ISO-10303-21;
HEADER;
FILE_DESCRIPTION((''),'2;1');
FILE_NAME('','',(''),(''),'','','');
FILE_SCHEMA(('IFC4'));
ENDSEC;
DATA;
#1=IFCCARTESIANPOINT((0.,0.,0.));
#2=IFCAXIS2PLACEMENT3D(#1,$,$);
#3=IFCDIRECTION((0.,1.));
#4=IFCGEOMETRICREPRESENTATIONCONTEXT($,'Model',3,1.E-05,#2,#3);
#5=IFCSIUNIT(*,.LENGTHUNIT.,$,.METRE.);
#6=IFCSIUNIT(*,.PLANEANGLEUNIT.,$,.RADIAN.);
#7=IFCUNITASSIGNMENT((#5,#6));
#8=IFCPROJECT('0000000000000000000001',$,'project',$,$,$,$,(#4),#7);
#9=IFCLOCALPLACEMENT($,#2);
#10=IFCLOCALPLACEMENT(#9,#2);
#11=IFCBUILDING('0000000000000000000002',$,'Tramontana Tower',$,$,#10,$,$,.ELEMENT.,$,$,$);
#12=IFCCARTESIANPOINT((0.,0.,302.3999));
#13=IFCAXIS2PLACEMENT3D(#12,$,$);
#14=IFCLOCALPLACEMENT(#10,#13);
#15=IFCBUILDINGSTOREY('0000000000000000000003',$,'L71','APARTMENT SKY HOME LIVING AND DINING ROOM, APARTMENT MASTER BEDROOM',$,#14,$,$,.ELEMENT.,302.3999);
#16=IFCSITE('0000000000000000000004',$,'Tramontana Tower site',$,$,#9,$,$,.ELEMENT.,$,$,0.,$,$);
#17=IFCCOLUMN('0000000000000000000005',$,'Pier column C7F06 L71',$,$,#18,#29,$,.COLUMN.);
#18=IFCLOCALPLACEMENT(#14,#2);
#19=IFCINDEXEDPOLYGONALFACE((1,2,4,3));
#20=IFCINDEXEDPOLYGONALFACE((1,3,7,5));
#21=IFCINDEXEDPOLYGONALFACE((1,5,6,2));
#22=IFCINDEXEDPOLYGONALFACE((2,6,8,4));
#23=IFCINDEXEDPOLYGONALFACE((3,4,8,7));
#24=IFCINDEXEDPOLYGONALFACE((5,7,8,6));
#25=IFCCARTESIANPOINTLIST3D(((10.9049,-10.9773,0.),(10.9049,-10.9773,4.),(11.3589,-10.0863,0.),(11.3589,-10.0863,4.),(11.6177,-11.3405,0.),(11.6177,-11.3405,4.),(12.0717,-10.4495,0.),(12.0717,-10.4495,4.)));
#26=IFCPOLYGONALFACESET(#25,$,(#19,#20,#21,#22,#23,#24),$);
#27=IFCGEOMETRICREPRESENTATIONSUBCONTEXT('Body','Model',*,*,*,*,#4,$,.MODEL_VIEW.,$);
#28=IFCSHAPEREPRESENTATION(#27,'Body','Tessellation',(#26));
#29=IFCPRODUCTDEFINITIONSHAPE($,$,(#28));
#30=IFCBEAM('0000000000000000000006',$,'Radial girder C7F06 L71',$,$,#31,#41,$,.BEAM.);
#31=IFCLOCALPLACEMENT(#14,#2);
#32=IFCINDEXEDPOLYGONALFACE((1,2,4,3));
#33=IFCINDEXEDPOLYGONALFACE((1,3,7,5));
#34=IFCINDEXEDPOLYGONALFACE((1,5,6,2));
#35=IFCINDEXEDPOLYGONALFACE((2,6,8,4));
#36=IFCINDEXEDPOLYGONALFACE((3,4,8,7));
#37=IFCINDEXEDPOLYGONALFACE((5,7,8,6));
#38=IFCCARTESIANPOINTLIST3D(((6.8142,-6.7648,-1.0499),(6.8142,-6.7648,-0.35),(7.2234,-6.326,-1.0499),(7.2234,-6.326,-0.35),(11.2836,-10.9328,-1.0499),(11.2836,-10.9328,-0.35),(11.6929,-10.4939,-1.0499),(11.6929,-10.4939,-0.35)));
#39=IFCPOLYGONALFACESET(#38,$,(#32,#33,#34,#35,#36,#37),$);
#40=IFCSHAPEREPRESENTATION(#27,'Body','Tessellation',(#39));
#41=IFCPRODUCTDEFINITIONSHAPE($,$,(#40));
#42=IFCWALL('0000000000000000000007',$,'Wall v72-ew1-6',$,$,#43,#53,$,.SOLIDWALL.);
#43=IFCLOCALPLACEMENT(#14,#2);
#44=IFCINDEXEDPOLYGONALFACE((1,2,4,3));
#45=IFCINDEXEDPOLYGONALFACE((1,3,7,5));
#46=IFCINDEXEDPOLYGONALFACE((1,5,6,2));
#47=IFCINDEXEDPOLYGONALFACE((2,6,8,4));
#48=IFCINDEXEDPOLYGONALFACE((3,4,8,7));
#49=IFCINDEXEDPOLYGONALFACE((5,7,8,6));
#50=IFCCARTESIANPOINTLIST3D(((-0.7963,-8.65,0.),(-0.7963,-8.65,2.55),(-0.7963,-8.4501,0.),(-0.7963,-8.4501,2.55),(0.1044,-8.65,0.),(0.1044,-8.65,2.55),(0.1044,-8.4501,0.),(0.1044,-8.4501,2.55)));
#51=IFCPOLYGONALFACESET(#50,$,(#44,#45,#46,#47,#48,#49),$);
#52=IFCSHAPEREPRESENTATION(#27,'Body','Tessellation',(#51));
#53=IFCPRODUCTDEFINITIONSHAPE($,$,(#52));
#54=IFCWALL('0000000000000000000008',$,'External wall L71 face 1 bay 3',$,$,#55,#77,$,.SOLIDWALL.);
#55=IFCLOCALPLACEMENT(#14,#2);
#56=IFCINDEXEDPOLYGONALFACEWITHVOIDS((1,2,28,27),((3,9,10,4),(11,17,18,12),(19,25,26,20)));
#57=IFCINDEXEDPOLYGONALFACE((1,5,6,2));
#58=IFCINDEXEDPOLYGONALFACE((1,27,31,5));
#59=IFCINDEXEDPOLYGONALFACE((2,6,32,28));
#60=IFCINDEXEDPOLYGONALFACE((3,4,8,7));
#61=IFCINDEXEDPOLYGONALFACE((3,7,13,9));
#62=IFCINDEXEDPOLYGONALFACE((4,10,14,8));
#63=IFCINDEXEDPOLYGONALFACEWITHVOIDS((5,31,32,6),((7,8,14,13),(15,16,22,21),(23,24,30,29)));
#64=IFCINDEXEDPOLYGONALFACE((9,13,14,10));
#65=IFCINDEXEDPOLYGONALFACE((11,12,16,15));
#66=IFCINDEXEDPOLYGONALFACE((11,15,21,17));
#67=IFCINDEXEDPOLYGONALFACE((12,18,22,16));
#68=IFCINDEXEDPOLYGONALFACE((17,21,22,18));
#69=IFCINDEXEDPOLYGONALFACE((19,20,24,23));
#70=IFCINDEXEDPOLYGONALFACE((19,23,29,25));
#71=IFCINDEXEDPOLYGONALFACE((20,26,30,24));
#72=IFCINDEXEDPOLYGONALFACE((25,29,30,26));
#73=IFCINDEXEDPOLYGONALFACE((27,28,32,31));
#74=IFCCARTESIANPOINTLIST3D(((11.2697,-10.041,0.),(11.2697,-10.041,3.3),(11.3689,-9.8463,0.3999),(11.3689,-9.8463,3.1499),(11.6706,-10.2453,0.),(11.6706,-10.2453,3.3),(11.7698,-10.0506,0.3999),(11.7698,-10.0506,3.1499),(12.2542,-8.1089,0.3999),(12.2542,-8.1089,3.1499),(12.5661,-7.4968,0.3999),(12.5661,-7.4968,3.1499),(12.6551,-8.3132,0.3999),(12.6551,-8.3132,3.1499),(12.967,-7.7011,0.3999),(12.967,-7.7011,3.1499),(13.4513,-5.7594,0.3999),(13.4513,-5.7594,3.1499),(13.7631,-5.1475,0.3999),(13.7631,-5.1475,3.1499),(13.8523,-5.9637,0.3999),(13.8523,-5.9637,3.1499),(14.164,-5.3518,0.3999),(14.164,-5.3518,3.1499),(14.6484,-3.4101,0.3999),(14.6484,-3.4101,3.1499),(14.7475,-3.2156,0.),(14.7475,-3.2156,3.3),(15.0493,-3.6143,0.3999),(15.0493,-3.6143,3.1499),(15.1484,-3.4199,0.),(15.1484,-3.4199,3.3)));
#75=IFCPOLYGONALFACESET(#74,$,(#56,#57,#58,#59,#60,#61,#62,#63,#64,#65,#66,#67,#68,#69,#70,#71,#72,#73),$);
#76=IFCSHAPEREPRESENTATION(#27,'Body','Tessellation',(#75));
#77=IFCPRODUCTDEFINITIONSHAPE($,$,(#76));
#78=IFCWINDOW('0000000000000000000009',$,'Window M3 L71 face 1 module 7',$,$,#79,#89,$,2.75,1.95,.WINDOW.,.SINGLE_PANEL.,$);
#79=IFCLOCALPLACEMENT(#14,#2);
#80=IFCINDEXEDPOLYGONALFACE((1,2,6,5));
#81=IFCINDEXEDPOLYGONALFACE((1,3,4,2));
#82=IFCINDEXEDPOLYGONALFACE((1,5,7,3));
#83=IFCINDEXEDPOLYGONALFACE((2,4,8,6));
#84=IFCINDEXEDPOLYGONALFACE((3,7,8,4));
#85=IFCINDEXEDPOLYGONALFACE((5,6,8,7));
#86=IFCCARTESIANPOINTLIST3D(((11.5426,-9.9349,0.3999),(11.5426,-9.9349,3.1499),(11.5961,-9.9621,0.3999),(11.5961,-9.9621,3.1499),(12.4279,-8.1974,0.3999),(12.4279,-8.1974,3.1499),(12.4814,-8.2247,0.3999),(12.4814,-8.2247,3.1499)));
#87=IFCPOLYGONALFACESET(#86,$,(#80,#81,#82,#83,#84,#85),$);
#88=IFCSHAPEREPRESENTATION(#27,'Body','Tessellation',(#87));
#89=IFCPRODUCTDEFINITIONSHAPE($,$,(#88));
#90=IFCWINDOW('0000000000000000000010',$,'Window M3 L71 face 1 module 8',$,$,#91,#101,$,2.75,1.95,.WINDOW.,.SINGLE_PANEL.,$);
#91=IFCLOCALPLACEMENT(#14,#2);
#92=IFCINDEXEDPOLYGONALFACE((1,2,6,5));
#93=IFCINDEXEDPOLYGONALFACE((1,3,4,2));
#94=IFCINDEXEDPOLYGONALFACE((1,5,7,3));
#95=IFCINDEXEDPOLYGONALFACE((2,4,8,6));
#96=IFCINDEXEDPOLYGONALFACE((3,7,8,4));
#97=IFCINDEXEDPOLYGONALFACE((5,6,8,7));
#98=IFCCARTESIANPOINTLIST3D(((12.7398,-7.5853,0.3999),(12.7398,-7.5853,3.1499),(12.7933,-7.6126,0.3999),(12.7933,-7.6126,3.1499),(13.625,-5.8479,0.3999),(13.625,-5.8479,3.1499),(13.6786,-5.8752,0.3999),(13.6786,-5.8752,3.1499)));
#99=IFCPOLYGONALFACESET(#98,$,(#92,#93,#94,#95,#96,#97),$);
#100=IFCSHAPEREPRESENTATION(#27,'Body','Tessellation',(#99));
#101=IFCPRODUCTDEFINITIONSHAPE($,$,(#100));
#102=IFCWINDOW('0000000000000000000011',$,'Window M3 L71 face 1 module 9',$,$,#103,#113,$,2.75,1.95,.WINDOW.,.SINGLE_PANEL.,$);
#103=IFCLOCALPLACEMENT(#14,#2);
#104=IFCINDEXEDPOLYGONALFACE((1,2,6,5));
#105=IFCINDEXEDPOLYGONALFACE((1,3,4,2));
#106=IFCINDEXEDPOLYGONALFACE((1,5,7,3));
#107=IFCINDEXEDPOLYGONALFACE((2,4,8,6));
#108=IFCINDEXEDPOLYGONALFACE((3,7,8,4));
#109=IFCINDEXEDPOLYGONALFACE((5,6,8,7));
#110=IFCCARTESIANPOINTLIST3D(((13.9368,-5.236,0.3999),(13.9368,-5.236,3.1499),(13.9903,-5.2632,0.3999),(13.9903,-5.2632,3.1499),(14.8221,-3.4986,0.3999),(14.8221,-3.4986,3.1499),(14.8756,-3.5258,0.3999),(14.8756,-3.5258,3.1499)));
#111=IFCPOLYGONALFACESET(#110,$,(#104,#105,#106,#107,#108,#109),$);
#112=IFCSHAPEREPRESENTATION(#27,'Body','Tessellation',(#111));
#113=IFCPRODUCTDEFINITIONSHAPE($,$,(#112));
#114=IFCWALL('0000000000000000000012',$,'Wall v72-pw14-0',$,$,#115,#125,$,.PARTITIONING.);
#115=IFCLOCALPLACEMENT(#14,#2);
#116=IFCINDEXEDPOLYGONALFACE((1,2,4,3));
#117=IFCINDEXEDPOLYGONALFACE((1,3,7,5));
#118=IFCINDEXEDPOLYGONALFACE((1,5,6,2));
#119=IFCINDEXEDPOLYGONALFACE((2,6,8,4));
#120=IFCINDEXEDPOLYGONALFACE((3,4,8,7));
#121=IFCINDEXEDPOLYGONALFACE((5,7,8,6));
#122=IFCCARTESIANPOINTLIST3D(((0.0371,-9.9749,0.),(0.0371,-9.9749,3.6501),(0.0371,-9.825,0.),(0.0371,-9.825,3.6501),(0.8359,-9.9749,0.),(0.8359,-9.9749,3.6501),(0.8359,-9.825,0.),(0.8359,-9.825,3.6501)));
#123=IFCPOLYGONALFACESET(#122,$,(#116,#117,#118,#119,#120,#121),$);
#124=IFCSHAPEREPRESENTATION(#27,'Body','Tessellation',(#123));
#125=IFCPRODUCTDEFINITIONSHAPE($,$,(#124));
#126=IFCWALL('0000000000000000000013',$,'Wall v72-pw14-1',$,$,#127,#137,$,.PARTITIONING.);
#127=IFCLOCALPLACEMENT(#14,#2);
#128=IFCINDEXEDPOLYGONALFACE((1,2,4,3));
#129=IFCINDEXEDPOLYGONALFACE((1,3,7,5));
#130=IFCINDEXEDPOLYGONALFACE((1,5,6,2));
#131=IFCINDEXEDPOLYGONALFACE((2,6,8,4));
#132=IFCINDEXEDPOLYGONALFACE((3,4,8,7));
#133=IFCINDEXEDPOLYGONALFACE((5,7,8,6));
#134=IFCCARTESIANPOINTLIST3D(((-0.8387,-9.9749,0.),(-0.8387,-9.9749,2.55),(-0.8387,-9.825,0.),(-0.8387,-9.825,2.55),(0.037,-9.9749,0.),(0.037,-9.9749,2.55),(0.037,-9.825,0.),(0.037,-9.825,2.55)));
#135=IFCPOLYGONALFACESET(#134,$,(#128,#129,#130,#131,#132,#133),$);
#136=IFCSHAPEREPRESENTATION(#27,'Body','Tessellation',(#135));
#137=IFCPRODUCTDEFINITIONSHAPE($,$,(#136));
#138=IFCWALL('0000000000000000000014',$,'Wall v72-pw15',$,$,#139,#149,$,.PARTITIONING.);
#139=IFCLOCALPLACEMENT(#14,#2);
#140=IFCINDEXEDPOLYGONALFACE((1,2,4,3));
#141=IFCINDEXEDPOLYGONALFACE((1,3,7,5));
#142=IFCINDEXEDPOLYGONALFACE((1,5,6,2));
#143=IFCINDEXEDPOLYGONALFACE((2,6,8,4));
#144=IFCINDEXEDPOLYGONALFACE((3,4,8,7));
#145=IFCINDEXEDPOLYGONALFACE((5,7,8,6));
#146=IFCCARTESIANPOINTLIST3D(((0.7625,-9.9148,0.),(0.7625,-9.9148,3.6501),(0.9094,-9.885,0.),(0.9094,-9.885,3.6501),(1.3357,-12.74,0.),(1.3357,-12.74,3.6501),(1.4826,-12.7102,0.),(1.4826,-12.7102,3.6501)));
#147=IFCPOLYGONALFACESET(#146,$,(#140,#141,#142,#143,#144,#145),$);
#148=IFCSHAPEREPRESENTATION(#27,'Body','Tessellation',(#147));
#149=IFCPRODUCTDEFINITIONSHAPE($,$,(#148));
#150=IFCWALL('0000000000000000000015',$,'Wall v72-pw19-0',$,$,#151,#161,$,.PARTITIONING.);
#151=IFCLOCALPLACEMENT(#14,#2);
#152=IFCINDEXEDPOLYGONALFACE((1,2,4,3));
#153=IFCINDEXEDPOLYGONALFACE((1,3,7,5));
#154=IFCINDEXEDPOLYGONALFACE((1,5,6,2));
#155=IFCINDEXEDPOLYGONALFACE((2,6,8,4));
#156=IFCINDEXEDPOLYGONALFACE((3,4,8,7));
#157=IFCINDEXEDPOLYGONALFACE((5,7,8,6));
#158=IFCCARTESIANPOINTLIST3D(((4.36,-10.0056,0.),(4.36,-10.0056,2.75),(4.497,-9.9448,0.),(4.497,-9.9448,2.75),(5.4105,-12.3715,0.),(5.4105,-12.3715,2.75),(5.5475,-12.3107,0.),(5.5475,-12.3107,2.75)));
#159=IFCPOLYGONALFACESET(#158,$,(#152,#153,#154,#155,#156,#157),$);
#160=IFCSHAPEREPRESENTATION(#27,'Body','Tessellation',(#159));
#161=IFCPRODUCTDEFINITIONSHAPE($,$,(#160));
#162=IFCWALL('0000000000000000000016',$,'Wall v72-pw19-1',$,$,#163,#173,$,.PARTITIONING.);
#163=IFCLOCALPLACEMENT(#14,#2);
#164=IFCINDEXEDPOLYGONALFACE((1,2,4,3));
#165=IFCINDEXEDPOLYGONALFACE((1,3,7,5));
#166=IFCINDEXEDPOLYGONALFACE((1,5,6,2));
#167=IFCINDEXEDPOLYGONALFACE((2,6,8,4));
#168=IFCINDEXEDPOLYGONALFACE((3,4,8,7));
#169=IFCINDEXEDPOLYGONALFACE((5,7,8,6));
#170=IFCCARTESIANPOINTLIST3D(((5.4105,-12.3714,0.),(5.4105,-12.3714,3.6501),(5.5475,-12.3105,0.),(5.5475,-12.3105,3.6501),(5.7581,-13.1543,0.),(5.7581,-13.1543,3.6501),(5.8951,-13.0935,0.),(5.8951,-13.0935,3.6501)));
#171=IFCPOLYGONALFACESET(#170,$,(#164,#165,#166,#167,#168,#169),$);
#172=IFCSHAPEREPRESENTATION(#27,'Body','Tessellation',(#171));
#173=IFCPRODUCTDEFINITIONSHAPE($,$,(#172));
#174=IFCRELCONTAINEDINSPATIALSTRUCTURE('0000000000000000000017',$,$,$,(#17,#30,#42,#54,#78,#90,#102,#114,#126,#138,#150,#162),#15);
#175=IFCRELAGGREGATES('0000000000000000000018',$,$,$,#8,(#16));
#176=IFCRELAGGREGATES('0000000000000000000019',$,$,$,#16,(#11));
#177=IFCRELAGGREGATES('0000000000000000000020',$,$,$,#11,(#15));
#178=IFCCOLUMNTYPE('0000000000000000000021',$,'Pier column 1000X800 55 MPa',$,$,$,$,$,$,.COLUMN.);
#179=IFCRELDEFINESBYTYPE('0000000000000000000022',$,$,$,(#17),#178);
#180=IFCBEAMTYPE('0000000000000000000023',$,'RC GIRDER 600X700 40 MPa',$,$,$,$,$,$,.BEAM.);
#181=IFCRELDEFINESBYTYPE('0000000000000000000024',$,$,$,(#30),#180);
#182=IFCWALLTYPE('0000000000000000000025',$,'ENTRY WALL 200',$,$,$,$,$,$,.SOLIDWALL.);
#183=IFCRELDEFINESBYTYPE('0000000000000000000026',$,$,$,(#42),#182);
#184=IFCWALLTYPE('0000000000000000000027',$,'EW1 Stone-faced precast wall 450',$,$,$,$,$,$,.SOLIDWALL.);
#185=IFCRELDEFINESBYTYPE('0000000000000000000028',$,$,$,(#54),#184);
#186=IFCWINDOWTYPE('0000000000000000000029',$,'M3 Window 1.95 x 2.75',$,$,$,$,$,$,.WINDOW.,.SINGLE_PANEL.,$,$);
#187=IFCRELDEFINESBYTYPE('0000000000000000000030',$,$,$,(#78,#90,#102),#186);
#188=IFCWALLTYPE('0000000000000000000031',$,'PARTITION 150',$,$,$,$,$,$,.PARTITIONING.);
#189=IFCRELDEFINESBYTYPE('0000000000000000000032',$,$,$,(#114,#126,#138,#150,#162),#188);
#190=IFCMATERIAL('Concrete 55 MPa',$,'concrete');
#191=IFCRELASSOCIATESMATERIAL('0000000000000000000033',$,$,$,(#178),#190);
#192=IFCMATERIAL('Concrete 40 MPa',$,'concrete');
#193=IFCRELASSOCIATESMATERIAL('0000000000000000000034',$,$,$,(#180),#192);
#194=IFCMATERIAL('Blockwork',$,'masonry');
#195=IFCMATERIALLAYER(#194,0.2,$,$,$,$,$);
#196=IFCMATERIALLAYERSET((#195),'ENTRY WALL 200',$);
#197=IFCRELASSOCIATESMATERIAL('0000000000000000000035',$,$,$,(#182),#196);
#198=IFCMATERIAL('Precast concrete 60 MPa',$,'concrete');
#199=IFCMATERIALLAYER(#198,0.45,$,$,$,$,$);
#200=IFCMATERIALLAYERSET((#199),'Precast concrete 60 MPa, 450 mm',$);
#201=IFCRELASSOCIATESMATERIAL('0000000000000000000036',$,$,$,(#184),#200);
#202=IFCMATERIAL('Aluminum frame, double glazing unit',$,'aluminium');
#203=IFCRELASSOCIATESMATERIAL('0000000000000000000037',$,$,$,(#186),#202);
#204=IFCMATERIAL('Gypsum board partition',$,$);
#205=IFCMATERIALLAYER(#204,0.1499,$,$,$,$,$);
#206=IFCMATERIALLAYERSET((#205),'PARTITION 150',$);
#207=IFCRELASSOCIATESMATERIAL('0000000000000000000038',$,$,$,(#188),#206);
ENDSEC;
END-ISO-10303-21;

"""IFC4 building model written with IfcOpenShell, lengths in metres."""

from ifc_helpers import new_model, si_unit, direction, frame, frame_2d, origin, origin_2d, place, context, subcontext, project, spatial, rectangle, extrude, material, layer, layer_set, material_profile, profile_set, type_object, element, fill, save


model = new_model("IFC4")

# Units and contexts
model_context = context("Model", 3, precision=1e-05, world=origin(), true_north=direction((0.0, 1.0)))
body_context = subcontext(model_context, "Body", "Model", "MODEL_VIEW")
ifc_project = project(units=[si_unit("LENGTHUNIT", "METRE"), si_unit("PLANEANGLEUNIT", "RADIAN")], contexts=[model_context])

# Site, building, storey
site_placement = place(None, origin())
site = spatial("IfcSite", under=ifc_project, at=site_placement, Name="Tramontana Tower site", CompositionType="ELEMENT", RefElevation=0.0)
building_placement = place(site_placement, origin())
building = spatial("IfcBuilding", under=site, at=building_placement, Name="Tramontana Tower", CompositionType="ELEMENT")
storey_placement = place(building_placement, frame((0.0, 0.0, 302.3999)))
storey = spatial("IfcBuildingStorey", under=building, at=storey_placement, Name="L71", Description="APARTMENT SKY HOME LIVING AND DINING ROOM, APARTMENT MASTER BEDROOM", CompositionType="ELEMENT", Elevation=302.3999)

# Column
ifc_material_1 = material(Name="Concrete 55 MPa", Category="concrete")
ifc_material_profile_1 = material_profile(ifc_material_1, rectangle(XDim=1.0, YDim=0.8, at=origin_2d()), Name="Pier column 1000X800 55 MPa")
ifc_profile_set_1 = profile_set([ifc_material_profile_1], Name="Concrete 55 MPa")
column_type = type_object("IfcColumnType", Name="Pier column 1000X800 55 MPa", PredefinedType="COLUMN", material=ifc_profile_set_1)
column_placement = place(storey_placement, frame((11.4883, -10.7134, 0.0), z_axis=(0.0, 0.0, 1.0), x_axis=(0.45399, 0.891007, 0.0)))
element("IfcColumn", 1, at=column_placement, inside=storey, type_object=column_type, Name="Pier column C7F06 L71", PredefinedType="COLUMN", context=body_context, shape_type="SweptSolid", body=[
    extrude(rectangle(XDim=1.0, YDim=0.8, at=origin_2d()), origin(), (0.0, 0.0, 1.0), 4.0),
])

# Beam
ifc_material_2 = material(Name="Concrete 40 MPa", Category="concrete")
ifc_material_profile_2 = material_profile(ifc_material_2, rectangle(XDim=0.6001, YDim=0.7, at=origin_2d()), Name="RC GIRDER 600X700 40 MPa")
ifc_profile_set_2 = profile_set([ifc_material_profile_2], Name="Concrete 40 MPa")
beam_type = type_object("IfcBeamType", Name="RC GIRDER 600X700 40 MPa", PredefinedType="BEAM", material=ifc_profile_set_2)
beam_placement = place(storey_placement, frame((11.4883, -10.7134, -0.7), z_axis=(-0.731345, 0.682008, 0.0), x_axis=(-0.682008, -0.731345, 0.0)))
element("IfcBeam", 2, at=beam_placement, inside=storey, type_object=beam_type, Name="Radial girder C7F06 L71", PredefinedType="BEAM", context=body_context, shape_type="SweptSolid", body=[
    extrude(rectangle(XDim=0.6001, YDim=0.7, at=origin_2d()), origin(), (0.0, 0.0, 1.0), 6.1113),
])

# Shared definitions
ifc_material_3 = material(Name="Blockwork", Category="masonry")
ifc_layer_1 = layer(ifc_material_3, 0.2)
ifc_layer_set_1 = layer_set([ifc_layer_1], Name="ENTRY WALL 200")
wall_type_1 = type_object("IfcWallType", Name="ENTRY WALL 200", PredefinedType="SOLIDWALL", material=ifc_layer_set_1)

# Wall
wall_1_placement = place(storey_placement, frame((0.1042, -8.55, 0.0), z_axis=(0.0, 0.0, 1.0), x_axis=(-1.0, 0.0, 0.0)))
element("IfcWall", 3, at=wall_1_placement, inside=storey, type_object=wall_type_1, Name="Wall v72-ew1-6", PredefinedType="SOLIDWALL", context=body_context, shape_type="SweptSolid", body=[
    extrude(rectangle(XDim=0.9006, YDim=0.2, at=frame_2d((0.4502, 0.0))), origin(), (0.0, 0.0, 1.0), 2.55),
])

# Wall, openings, windows
ifc_material_4 = material(Name="Precast concrete 60 MPa", Category="concrete")
ifc_layer_2 = layer(ifc_material_4, 0.45)
ifc_layer_set_2 = layer_set([ifc_layer_2], Name="Precast concrete 60 MPa, 450 mm")
wall_type_2 = type_object("IfcWallType", Name="EW1 Stone-faced precast wall 450", PredefinedType="SOLIDWALL", material=ifc_layer_set_2)
wall_2_placement = place(storey_placement, frame((11.4702, -10.1431, 0.0), z_axis=(0.0, 0.0, 1.0), x_axis=(0.453995, 0.891004, 0.0)))
wall_2 = element("IfcWall", 4, at=wall_2_placement, inside=storey, type_object=wall_type_2, Name="External wall L71 face 1 bay 3", PredefinedType="SOLIDWALL", context=body_context, shape_type="SweptSolid", body=[
    extrude(rectangle(XDim=7.6604, YDim=0.45, at=frame_2d((3.8301, 0.0))), origin(), (0.0, 0.0, 1.0), 3.3),
])
opening_1_placement = place(wall_2_placement, frame((0.2183, 0.0, 0.3999)))
opening_1 = element("IfcOpeningElement", 5, at=opening_1_placement, cuts=wall_2, PredefinedType="OPENING", context=body_context, shape_type="SweptSolid", body=[
    extrude(rectangle(XDim=1.95, YDim=2.75, at=frame_2d((0.9751, 1.375))), frame((0.0, 0.2349, 0.0), z_axis=(0.0, -1.0, 0.0), x_axis=(1.0, 0.0, 0.0)), (0.0, 0.0, 1.0), 0.47),
])
opening_2_placement = place(wall_2_placement, frame((2.8552, 0.0, 0.3999)))
opening_2 = element("IfcOpeningElement", 6, at=opening_2_placement, cuts=wall_2, PredefinedType="OPENING", context=body_context, shape_type="SweptSolid", body=[
    extrude(rectangle(XDim=1.95, YDim=2.75, at=frame_2d((0.9751, 1.375))), frame((0.0, 0.2349, 0.0), z_axis=(0.0, -1.0, 0.0), x_axis=(1.0, 0.0, 0.0)), (0.0, 0.0, 1.0), 0.47),
])
opening_3_placement = place(wall_2_placement, frame((5.4919, 0.0, 0.3999)))
opening_3 = element("IfcOpeningElement", 7, at=opening_3_placement, cuts=wall_2, PredefinedType="OPENING", context=body_context, shape_type="SweptSolid", body=[
    extrude(rectangle(XDim=1.95, YDim=2.75, at=frame_2d((0.9751, 1.375))), frame((0.0, 0.2349, 0.0), z_axis=(0.0, -1.0, 0.0), x_axis=(1.0, 0.0, 0.0)), (0.0, 0.0, 1.0), 0.47),
])
ifc_material_5 = material(Name="Aluminum frame, double glazing unit", Category="aluminium")
window_type = type_object("IfcWindowType", Name="M3 Window 1.95 x 2.75", PartitioningType="SINGLE_PANEL", PredefinedType="WINDOW", material=ifc_material_5)
window_1_placement = place(opening_1_placement, origin())
window_1 = element("IfcWindow", 8, at=window_1_placement, inside=storey, type_object=window_type, Name="Window M3 L71 face 1 module 7", OverallHeight=2.75, OverallWidth=1.95, PartitioningType="SINGLE_PANEL", PredefinedType="WINDOW", context=body_context, shape_type="SweptSolid", body=[
    extrude(rectangle(XDim=1.95, YDim=2.75, at=frame_2d((0.9751, 1.375))), frame((0.0, 0.03, 0.0), z_axis=(0.0, -1.0, 0.0), x_axis=(1.0, 0.0, 0.0)), (0.0, 0.0, 1.0), 0.0601),
])
fill(opening_1, window_1)
window_2_placement = place(opening_2_placement, origin())
window_2 = element("IfcWindow", 9, at=window_2_placement, inside=storey, type_object=window_type, Name="Window M3 L71 face 1 module 8", OverallHeight=2.75, OverallWidth=1.95, PartitioningType="SINGLE_PANEL", PredefinedType="WINDOW", context=body_context, shape_type="SweptSolid", body=[
    extrude(rectangle(XDim=1.95, YDim=2.75, at=frame_2d((0.9751, 1.375))), frame((0.0, 0.03, 0.0), z_axis=(0.0, -1.0, 0.0), x_axis=(1.0, 0.0, 0.0)), (0.0, 0.0, 1.0), 0.0601),
])
fill(opening_2, window_2)
window_3_placement = place(opening_3_placement, origin())
window_3 = element("IfcWindow", 10, at=window_3_placement, inside=storey, type_object=window_type, Name="Window M3 L71 face 1 module 9", OverallHeight=2.75, OverallWidth=1.95, PartitioningType="SINGLE_PANEL", PredefinedType="WINDOW", context=body_context, shape_type="SweptSolid", body=[
    extrude(rectangle(XDim=1.95, YDim=2.75, at=frame_2d((0.9751, 1.375))), frame((0.0, 0.03, 0.0), z_axis=(0.0, -1.0, 0.0), x_axis=(1.0, 0.0, 0.0)), (0.0, 0.0, 1.0), 0.0601),
])
fill(opening_3, window_3)

# Walls
ifc_material_6 = material(Name="Gypsum board partition")
ifc_layer_3 = layer(ifc_material_6, 0.1499)
ifc_layer_set_3 = layer_set([ifc_layer_3], Name="PARTITION 150")
wall_type_3 = type_object("IfcWallType", Name="PARTITION 150", PredefinedType="PARTITIONING", material=ifc_layer_set_3)
wall_3_placement = place(storey_placement, frame((0.8359, -9.8999, 0.0), z_axis=(0.0, 0.0, 1.0), x_axis=(-1.0, 0.0, 0.0)))
element("IfcWall", 11, at=wall_3_placement, inside=storey, type_object=wall_type_3, Name="Wall v72-pw14-0", PredefinedType="PARTITIONING", context=body_context, shape_type="SweptSolid", body=[
    extrude(rectangle(XDim=0.7988, YDim=0.1499, at=frame_2d((0.3994, 0.0))), origin(), (0.0, 0.0, 1.0), 3.6501),
])
wall_4_placement = place(storey_placement, frame((0.0371, -9.8999, 0.0), z_axis=(0.0, 0.0, 1.0), x_axis=(-1.0, 0.0, 0.0)))
element("IfcWall", 12, at=wall_4_placement, inside=storey, type_object=wall_type_3, Name="Wall v72-pw14-1", PredefinedType="PARTITIONING", context=body_context, shape_type="SweptSolid", body=[
    extrude(rectangle(XDim=0.8757, YDim=0.1499, at=frame_2d((0.438, 0.0))), origin(), (0.0, 0.0, 1.0), 2.55),
])
wall_5_placement = place(storey_placement, frame((1.4092, -12.7251, 0.0), z_axis=(0.0, 0.0, 1.0), x_axis=(-0.198852, 0.98003, 0.0)))
element("IfcWall", 13, at=wall_5_placement, inside=storey, type_object=wall_type_3, Name="Wall v72-pw15", PredefinedType="PARTITIONING", context=body_context, shape_type="SweptSolid", body=[
    extrude(rectangle(XDim=2.8828, YDim=0.1499, at=frame_2d((1.4414, 0.0))), origin(), (0.0, 0.0, 1.0), 3.6501),
])

# Walls
wall_6_placement = place(storey_placement, frame((4.4285, -9.9751, 0.0), z_axis=(0.0, 0.0, 1.0), x_axis=(0.405815, -0.913955, 0.0)))
element("IfcWall", 14, at=wall_6_placement, inside=storey, type_object=wall_type_3, Name="Wall v72-pw19-0", PredefinedType="PARTITIONING", context=body_context, shape_type="SweptSolid", body=[
    extrude(rectangle(XDim=2.5886, YDim=0.1499, at=frame_2d((1.2944, 0.0))), origin(), (0.0, 0.0, 1.0), 2.75),
])
wall_7_placement = place(storey_placement, frame((5.479, -12.3411, 0.0), z_axis=(0.0, 0.0, 1.0), x_axis=(0.405821, -0.913953, 0.0)))
element("IfcWall", 15, at=wall_7_placement, inside=storey, type_object=wall_type_3, Name="Wall v72-pw19-1", PredefinedType="PARTITIONING", context=body_context, shape_type="SweptSolid", body=[
    extrude(rectangle(XDim=0.8567, YDim=0.1499, at=frame_2d((0.4282, 0.0))), origin(), (0.0, 0.0, 1.0), 3.6501),
])

save(model, "model.ifc")
